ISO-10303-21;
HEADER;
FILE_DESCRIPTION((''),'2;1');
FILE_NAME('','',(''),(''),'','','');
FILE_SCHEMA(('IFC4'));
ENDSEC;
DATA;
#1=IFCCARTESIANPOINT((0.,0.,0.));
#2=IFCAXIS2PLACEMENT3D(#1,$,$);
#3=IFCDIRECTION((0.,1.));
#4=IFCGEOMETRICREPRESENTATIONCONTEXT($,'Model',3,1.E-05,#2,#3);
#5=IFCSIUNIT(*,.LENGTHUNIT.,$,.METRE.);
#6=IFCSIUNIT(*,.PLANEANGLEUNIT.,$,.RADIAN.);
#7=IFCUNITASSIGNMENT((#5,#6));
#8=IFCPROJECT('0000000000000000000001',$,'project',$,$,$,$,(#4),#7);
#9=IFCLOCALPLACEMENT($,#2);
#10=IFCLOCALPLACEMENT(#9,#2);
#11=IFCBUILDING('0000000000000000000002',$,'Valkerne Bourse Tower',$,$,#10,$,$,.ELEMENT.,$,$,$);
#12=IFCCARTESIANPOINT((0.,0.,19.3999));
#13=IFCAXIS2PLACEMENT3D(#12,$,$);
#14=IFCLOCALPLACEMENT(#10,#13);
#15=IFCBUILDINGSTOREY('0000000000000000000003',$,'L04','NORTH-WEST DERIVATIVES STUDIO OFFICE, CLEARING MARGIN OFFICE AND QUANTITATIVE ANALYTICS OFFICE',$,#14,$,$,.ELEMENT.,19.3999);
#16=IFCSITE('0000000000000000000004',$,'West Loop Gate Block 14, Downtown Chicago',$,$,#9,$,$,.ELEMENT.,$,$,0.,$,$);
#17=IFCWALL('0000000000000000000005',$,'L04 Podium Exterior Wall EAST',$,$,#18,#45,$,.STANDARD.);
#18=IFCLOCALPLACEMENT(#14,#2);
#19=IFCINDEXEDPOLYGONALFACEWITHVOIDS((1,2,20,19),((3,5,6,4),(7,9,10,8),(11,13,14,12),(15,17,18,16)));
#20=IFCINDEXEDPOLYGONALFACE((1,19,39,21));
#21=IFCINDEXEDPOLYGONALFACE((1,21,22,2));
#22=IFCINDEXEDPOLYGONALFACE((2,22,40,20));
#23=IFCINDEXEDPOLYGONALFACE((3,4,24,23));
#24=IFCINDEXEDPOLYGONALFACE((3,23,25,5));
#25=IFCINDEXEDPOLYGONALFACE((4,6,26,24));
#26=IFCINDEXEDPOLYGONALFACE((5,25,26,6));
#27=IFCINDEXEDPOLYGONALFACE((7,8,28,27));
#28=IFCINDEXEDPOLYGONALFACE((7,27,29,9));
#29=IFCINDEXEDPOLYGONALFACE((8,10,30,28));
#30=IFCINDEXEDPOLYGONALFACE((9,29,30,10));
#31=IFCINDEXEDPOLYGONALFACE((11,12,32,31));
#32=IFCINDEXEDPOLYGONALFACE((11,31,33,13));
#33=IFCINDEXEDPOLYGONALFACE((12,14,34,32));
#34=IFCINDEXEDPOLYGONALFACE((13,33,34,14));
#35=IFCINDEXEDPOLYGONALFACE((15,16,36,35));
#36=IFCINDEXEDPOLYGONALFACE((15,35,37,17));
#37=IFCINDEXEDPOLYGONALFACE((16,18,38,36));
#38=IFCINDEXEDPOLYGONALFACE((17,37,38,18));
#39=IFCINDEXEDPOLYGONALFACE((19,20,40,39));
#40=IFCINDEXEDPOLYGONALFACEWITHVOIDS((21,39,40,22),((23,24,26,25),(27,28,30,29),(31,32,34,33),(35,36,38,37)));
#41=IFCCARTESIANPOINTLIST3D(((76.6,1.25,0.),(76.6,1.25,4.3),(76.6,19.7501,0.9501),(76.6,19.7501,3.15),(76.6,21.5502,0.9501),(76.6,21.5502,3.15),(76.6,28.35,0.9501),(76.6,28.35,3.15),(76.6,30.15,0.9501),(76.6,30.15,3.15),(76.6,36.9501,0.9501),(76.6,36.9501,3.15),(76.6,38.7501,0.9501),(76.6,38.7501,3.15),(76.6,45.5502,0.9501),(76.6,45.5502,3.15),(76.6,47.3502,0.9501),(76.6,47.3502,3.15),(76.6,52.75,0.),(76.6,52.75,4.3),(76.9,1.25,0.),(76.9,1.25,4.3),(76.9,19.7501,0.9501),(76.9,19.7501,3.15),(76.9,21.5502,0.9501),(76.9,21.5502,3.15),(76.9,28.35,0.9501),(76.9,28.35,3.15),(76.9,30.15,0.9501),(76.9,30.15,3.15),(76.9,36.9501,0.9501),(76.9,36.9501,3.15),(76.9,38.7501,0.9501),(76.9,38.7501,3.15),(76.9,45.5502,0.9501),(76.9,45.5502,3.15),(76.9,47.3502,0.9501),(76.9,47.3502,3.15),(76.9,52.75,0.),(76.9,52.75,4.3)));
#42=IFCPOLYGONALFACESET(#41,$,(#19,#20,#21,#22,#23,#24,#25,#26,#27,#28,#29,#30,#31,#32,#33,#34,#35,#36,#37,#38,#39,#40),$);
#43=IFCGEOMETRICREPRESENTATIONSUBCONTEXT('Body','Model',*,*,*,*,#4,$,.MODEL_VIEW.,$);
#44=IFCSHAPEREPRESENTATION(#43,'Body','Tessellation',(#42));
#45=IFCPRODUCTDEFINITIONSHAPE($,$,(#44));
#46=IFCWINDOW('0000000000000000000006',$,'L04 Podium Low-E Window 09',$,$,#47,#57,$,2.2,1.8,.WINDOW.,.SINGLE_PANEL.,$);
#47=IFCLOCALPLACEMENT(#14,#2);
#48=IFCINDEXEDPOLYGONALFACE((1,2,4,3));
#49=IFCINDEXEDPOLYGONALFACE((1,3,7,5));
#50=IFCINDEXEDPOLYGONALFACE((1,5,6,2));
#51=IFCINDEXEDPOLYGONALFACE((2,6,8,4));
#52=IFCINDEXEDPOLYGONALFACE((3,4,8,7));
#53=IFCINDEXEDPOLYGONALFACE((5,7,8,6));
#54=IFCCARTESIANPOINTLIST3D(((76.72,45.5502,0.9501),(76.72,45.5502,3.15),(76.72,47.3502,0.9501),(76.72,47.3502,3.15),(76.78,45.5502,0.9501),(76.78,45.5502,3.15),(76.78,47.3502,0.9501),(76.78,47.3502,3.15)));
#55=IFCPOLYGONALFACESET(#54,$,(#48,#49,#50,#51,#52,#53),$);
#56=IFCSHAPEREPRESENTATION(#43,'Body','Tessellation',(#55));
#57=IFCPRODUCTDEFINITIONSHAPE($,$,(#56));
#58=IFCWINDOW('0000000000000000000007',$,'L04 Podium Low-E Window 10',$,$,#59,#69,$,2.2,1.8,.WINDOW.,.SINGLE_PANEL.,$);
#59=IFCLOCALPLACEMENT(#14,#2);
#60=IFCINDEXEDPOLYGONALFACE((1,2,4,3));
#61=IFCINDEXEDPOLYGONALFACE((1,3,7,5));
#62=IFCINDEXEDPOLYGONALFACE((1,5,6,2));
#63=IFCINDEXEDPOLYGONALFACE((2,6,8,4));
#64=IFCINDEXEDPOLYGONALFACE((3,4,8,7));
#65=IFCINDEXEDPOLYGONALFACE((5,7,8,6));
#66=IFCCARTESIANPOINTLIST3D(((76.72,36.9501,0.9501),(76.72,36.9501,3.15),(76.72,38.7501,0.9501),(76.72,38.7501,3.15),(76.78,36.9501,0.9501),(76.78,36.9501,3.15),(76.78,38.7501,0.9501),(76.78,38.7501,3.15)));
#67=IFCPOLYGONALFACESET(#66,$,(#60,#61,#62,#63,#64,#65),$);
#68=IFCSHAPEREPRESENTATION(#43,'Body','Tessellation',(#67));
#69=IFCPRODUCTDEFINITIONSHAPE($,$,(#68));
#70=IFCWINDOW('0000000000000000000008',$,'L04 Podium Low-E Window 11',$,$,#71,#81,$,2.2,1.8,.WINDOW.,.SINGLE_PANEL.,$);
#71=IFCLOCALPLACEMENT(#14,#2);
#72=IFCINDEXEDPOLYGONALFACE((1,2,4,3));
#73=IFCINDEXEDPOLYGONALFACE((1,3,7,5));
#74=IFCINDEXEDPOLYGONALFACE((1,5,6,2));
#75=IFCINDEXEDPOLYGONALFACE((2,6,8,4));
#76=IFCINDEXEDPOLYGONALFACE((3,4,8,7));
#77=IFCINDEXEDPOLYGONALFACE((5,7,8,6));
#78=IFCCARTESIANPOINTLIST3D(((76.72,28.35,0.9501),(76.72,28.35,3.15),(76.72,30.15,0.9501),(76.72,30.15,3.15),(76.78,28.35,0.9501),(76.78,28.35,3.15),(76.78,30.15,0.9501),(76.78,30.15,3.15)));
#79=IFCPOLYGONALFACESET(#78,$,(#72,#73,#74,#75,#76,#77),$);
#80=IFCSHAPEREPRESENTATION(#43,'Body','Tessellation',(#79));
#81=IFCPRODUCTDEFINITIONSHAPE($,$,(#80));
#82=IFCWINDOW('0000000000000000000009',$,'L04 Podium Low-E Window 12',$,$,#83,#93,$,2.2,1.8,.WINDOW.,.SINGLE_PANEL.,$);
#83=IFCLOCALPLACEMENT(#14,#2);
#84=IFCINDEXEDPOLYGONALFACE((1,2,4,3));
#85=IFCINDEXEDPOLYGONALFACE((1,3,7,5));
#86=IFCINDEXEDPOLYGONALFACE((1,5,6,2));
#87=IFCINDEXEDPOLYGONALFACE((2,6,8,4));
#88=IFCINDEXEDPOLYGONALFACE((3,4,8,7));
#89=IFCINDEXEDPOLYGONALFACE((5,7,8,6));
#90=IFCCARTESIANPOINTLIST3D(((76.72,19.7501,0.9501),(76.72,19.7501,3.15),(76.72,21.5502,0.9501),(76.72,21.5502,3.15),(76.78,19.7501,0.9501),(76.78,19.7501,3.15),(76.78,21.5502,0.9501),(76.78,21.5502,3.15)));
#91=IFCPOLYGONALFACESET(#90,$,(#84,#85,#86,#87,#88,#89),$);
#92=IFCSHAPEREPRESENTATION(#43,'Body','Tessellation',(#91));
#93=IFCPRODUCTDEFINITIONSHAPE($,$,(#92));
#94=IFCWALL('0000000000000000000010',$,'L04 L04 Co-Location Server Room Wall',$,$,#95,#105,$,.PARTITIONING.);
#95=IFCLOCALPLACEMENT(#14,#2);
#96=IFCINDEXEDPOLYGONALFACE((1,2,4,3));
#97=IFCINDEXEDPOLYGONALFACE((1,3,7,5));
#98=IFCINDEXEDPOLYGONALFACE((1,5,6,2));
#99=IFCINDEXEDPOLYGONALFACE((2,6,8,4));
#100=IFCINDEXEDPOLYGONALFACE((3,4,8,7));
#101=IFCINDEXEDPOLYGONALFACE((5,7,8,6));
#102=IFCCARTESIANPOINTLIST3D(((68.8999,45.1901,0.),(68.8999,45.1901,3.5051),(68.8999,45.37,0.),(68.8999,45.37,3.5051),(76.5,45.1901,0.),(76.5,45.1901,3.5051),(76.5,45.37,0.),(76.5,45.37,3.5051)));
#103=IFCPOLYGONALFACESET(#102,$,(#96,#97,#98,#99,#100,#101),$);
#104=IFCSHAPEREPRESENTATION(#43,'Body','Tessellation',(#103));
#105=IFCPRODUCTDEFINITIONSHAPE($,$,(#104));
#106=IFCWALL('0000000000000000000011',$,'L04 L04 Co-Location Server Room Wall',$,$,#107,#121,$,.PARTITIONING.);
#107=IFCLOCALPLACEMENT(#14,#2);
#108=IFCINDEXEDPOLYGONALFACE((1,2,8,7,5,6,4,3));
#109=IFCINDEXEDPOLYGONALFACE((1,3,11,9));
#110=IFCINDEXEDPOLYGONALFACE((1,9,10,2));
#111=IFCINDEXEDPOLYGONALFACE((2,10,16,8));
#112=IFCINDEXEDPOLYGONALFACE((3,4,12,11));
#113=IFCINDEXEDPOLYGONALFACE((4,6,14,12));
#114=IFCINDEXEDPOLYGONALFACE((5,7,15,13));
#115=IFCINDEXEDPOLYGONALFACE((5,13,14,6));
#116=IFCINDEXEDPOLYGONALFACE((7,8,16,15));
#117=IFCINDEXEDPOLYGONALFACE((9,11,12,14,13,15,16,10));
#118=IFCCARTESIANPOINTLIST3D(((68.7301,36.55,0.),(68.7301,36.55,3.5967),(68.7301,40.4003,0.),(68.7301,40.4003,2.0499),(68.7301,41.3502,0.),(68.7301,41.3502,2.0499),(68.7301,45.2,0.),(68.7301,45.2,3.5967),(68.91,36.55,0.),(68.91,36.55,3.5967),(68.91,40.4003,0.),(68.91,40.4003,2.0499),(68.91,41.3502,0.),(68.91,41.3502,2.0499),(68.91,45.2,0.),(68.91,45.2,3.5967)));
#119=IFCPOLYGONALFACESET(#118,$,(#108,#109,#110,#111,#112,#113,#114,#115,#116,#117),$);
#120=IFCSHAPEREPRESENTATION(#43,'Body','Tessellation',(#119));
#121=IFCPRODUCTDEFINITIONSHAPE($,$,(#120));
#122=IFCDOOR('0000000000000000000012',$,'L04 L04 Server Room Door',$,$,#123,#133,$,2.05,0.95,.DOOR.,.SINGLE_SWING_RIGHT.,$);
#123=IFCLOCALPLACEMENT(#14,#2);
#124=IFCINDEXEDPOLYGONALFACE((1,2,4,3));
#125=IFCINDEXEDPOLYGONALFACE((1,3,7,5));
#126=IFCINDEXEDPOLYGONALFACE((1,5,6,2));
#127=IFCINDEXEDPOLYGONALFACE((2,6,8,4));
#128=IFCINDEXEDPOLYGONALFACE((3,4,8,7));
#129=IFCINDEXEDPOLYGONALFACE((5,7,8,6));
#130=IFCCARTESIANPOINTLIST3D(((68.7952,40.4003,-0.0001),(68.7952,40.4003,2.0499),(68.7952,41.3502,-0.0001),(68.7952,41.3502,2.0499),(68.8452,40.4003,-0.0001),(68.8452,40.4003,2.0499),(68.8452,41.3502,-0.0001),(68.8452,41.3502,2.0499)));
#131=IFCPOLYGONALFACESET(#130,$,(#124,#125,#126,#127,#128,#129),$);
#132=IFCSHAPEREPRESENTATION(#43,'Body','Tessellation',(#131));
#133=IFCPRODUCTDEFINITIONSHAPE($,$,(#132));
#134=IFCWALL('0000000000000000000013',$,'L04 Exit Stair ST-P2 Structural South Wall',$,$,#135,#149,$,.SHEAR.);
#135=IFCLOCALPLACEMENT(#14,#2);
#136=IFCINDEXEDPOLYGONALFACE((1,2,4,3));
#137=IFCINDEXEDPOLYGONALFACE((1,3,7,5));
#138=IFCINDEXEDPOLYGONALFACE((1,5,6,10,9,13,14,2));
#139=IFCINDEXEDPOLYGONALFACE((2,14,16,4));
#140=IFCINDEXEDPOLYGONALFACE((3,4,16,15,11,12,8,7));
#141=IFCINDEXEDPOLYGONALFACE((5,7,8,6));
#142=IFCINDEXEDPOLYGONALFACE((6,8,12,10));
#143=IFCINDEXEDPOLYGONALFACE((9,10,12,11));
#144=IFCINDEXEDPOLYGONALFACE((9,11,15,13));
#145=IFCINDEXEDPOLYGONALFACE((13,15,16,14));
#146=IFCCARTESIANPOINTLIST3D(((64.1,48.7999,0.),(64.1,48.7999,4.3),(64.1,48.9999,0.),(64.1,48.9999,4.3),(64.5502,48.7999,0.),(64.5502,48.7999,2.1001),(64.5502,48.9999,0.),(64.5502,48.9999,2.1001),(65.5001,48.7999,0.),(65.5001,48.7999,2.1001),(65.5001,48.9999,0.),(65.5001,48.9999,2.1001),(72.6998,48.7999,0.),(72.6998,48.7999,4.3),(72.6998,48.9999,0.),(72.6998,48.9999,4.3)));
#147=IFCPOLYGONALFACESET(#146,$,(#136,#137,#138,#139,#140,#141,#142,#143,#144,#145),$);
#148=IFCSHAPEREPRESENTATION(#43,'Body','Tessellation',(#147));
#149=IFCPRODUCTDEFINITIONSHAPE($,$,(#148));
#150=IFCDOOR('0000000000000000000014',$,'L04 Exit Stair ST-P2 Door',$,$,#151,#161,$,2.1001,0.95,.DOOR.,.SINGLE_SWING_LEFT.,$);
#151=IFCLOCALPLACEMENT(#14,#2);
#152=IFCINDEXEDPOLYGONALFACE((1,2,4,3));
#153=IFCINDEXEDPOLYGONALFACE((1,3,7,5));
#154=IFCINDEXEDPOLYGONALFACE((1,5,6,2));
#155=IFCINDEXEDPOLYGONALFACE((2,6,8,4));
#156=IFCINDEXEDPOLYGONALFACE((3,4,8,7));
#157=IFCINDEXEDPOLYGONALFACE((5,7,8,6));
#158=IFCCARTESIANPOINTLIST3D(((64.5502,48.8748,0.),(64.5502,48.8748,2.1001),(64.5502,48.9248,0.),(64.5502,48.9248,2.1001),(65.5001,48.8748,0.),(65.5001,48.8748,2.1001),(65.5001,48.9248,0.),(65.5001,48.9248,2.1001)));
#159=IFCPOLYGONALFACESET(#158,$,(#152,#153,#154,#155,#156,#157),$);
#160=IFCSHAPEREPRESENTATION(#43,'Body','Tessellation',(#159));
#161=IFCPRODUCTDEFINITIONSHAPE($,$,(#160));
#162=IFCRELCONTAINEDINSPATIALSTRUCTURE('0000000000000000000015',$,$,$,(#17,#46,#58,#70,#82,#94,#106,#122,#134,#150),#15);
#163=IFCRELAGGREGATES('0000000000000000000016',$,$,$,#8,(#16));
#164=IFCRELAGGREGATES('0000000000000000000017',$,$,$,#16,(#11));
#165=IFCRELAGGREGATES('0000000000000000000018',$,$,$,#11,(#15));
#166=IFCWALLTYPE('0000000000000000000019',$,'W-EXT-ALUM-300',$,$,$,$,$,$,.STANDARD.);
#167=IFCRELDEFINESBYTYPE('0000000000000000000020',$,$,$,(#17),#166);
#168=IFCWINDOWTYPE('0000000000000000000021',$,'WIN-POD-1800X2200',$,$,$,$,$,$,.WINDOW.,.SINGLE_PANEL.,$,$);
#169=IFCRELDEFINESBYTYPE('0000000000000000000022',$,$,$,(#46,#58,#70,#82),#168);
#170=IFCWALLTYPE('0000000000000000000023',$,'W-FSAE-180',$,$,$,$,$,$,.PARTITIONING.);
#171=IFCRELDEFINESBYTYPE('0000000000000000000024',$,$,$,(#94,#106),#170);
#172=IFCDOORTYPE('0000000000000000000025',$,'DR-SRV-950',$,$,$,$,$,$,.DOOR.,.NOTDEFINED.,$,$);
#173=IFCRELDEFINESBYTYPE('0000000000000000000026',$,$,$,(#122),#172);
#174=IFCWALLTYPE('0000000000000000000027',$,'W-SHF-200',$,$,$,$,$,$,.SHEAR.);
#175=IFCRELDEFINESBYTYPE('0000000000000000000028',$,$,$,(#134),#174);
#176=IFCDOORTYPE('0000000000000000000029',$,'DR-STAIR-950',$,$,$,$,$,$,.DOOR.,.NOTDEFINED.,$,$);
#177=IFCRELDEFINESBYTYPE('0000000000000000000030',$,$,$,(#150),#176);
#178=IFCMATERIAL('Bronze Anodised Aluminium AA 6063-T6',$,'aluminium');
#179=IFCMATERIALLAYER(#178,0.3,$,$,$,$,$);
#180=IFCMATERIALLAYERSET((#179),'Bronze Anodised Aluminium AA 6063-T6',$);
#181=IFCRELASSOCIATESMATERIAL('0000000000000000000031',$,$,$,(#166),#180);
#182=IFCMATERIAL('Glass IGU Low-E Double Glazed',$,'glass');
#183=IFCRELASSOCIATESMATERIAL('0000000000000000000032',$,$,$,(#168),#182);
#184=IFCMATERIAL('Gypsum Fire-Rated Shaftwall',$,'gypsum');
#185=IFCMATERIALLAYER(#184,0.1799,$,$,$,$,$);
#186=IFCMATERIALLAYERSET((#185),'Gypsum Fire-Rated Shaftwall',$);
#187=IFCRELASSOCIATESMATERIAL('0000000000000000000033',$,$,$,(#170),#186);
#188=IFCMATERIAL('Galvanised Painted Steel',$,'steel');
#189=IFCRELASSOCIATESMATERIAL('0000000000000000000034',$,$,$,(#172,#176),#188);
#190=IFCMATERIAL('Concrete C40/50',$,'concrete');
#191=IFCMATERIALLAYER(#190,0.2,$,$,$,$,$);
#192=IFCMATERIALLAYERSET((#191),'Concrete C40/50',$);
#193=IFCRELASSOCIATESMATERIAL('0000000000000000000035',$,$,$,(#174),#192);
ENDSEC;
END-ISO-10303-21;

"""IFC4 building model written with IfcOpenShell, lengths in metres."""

from ifc_helpers import new_model, si_unit, direction, frame, frame_2d, origin, place, context, subcontext, project, spatial, rectangle, extrude, material, layer, layer_set, type_object, element, fill, save


model = new_model("IFC4")

# Units and contexts
model_context = context("Model", 3, precision=1e-05, world=origin(), true_north=direction((0.0, 1.0)))
body_context = subcontext(model_context, "Body", "Model", "MODEL_VIEW")
ifc_project = project(units=[si_unit("LENGTHUNIT", "METRE"), si_unit("PLANEANGLEUNIT", "RADIAN")], contexts=[model_context])

# Site, building, storey
site_placement = place(None, origin())
site = spatial("IfcSite", under=ifc_project, at=site_placement, Name="West Loop Gate Block 14, Downtown Chicago", CompositionType="ELEMENT", RefElevation=0.0)
building_placement = place(site_placement, origin())
building = spatial("IfcBuilding", under=site, at=building_placement, Name="Valkerne Bourse Tower", CompositionType="ELEMENT")
storey_placement = place(building_placement, frame((0.0, 0.0, 19.3999)))
storey = spatial("IfcBuildingStorey", under=building, at=storey_placement, Name="L04", Description="NORTH-WEST DERIVATIVES STUDIO OFFICE, CLEARING MARGIN OFFICE AND QUANTITATIVE ANALYTICS OFFICE", CompositionType="ELEMENT", Elevation=19.3999)

# Wall, openings, windows
ifc_material_1 = material(Name="Bronze Anodised Aluminium AA 6063-T6", Category="aluminium")
ifc_layer_1 = layer(ifc_material_1, 0.3)
ifc_layer_set_1 = layer_set([ifc_layer_1], Name="Bronze Anodised Aluminium AA 6063-T6")
wall_type_1 = type_object("IfcWallType", Name="W-EXT-ALUM-300", PredefinedType="STANDARD", material=ifc_layer_set_1)
wall_1_placement = place(storey_placement, frame((76.75, 52.75, 0.0), z_axis=(0.0, 0.0, 1.0), x_axis=(0.0, -1.0, 0.0)))
wall_1 = element("IfcWall", 1, at=wall_1_placement, inside=storey, type_object=wall_type_1, Name="L04 Podium Exterior Wall EAST", PredefinedType="STANDARD", context=body_context, shape_type="SweptSolid", body=[
    extrude(rectangle(XDim=51.5, YDim=0.3, at=frame_2d((25.75, 0.0))), origin(), (0.0, 0.0, 1.0), 4.3),
])
opening_1_placement = place(wall_1_placement, frame((5.3999, 0.0, 0.95)))
opening_1 = element("IfcOpeningElement", 2, at=opening_1_placement, cuts=wall_1, PredefinedType="OPENING", context=body_context, shape_type="SweptSolid", body=[
    extrude(rectangle(XDim=1.8, YDim=2.2, at=frame_2d((0.8999, 1.1001))), frame((0.0, 0.1599, 0.0), z_axis=(0.0, -1.0, 0.0), x_axis=(1.0, 0.0, 0.0)), (0.0, 0.0, 1.0), 0.3201),
])
opening_2_placement = place(wall_1_placement, frame((14.0, 0.0, 0.95)))
opening_2 = element("IfcOpeningElement", 3, at=opening_2_placement, cuts=wall_1, PredefinedType="OPENING", context=body_context, shape_type="SweptSolid", body=[
    extrude(rectangle(XDim=1.8, YDim=2.2, at=frame_2d((0.8999, 1.1001))), frame((0.0, 0.1599, 0.0), z_axis=(0.0, -1.0, 0.0), x_axis=(1.0, 0.0, 0.0)), (0.0, 0.0, 1.0), 0.3201),
])
opening_3_placement = place(wall_1_placement, frame((22.6001, 0.0, 0.95)))
opening_3 = element("IfcOpeningElement", 4, at=opening_3_placement, cuts=wall_1, PredefinedType="OPENING", context=body_context, shape_type="SweptSolid", body=[
    extrude(rectangle(XDim=1.8, YDim=2.2, at=frame_2d((0.8999, 1.1001))), frame((0.0, 0.1599, 0.0), z_axis=(0.0, -1.0, 0.0), x_axis=(1.0, 0.0, 0.0)), (0.0, 0.0, 1.0), 0.3201),
])
opening_4_placement = place(wall_1_placement, frame((31.2, 0.0, 0.95)))
opening_4 = element("IfcOpeningElement", 5, at=opening_4_placement, cuts=wall_1, PredefinedType="OPENING", context=body_context, shape_type="SweptSolid", body=[
    extrude(rectangle(XDim=1.8, YDim=2.2, at=frame_2d((0.8999, 1.1001))), frame((0.0, 0.1599, 0.0), z_axis=(0.0, -1.0, 0.0), x_axis=(1.0, 0.0, 0.0)), (0.0, 0.0, 1.0), 0.3201),
])
ifc_material_2 = material(Name="Glass IGU Low-E Double Glazed", Category="glass")
window_type = type_object("IfcWindowType", Name="WIN-POD-1800X2200", PartitioningType="SINGLE_PANEL", PredefinedType="WINDOW", material=ifc_material_2)
window_1_placement = place(opening_1_placement, origin())
window_1 = element("IfcWindow", 6, at=window_1_placement, inside=storey, type_object=window_type, Name="L04 Podium Low-E Window 09", OverallHeight=2.2, OverallWidth=1.8, PartitioningType="SINGLE_PANEL", PredefinedType="WINDOW", context=body_context, shape_type="SweptSolid", body=[
    extrude(rectangle(XDim=1.8, YDim=2.2, at=frame_2d((0.8999, 1.1001))), frame((0.0, 0.03, 0.0), z_axis=(0.0, -1.0, 0.0), x_axis=(1.0, 0.0, 0.0)), (0.0, 0.0, 1.0), 0.0601),
])
fill(opening_1, window_1)
window_2_placement = place(opening_2_placement, origin())
window_2 = element("IfcWindow", 7, at=window_2_placement, inside=storey, type_object=window_type, Name="L04 Podium Low-E Window 10", OverallHeight=2.2, OverallWidth=1.8, PartitioningType="SINGLE_PANEL", PredefinedType="WINDOW", context=body_context, shape_type="SweptSolid", body=[
    extrude(rectangle(XDim=1.8, YDim=2.2, at=frame_2d((0.8999, 1.1001))), frame((0.0, 0.03, 0.0), z_axis=(0.0, -1.0, 0.0), x_axis=(1.0, 0.0, 0.0)), (0.0, 0.0, 1.0), 0.0601),
])
fill(opening_2, window_2)
window_3_placement = place(opening_3_placement, origin())
window_3 = element("IfcWindow", 8, at=window_3_placement, inside=storey, type_object=window_type, Name="L04 Podium Low-E Window 11", OverallHeight=2.2, OverallWidth=1.8, PartitioningType="SINGLE_PANEL", PredefinedType="WINDOW", context=body_context, shape_type="SweptSolid", body=[
    extrude(rectangle(XDim=1.8, YDim=2.2, at=frame_2d((0.8999, 1.1001))), frame((0.0, 0.03, 0.0), z_axis=(0.0, -1.0, 0.0), x_axis=(1.0, 0.0, 0.0)), (0.0, 0.0, 1.0), 0.0601),
])
fill(opening_3, window_3)
window_4_placement = place(opening_4_placement, origin())
window_4 = element("IfcWindow", 9, at=window_4_placement, inside=storey, type_object=window_type, Name="L04 Podium Low-E Window 12", OverallHeight=2.2, OverallWidth=1.8, PartitioningType="SINGLE_PANEL", PredefinedType="WINDOW", context=body_context, shape_type="SweptSolid", body=[
    extrude(rectangle(XDim=1.8, YDim=2.2, at=frame_2d((0.8999, 1.1001))), frame((0.0, 0.03, 0.0), z_axis=(0.0, -1.0, 0.0), x_axis=(1.0, 0.0, 0.0)), (0.0, 0.0, 1.0), 0.0601),
])
fill(opening_4, window_4)

# Wall
ifc_material_3 = material(Name="Gypsum Fire-Rated Shaftwall", Category="gypsum")
ifc_layer_2 = layer(ifc_material_3, 0.1799)
ifc_layer_set_2 = layer_set([ifc_layer_2], Name="Gypsum Fire-Rated Shaftwall")
wall_type_2 = type_object("IfcWallType", Name="W-FSAE-180", PredefinedType="PARTITIONING", material=ifc_layer_set_2)
wall_2_placement = place(storey_placement, frame((68.8999, 45.28, 0.0), z_axis=(0.0, 0.0, 1.0), x_axis=(1.0, 0.0, 0.0)))
element("IfcWall", 10, at=wall_2_placement, inside=storey, type_object=wall_type_2, Name="L04 L04 Co-Location Server Room Wall", PredefinedType="PARTITIONING", context=body_context, shape_type="SweptSolid", body=[
    extrude(rectangle(XDim=7.6001, YDim=0.1799, at=frame_2d((3.8, 0.0))), origin(), (0.0, 0.0, 1.0), 3.5051),
])

# Walls, openings, doors
wall_3_placement = place(storey_placement, frame((68.8201, 36.55, 0.0), z_axis=(0.0, 0.0, 1.0), x_axis=(0.0, 1.0, 0.0)))
wall_3 = element("IfcWall", 11, at=wall_3_placement, inside=storey, type_object=wall_type_2, Name="L04 L04 Co-Location Server Room Wall", PredefinedType="PARTITIONING", context=body_context, shape_type="SweptSolid", body=[
    extrude(rectangle(XDim=8.6499, YDim=0.1799, at=frame_2d((4.325, 0.0))), origin(), (0.0, 0.0, 1.0), 3.5967),
])
opening_5_placement = place(wall_3_placement, frame((3.8501, 0.0, 0.0)))
opening_5 = element("IfcOpeningElement", 12, at=opening_5_placement, cuts=wall_3, PredefinedType="OPENING", context=body_context, shape_type="SweptSolid", body=[
    extrude(rectangle(XDim=0.95, YDim=2.05, at=frame_2d((0.4751, 1.0249))), frame((0.0, 0.0999, 0.0), z_axis=(0.0, -1.0, 0.0), x_axis=(1.0, 0.0, 0.0)), (0.0, 0.0, 1.0), 0.2),
])
ifc_material_4 = material(Name="Galvanised Painted Steel", Category="steel")
door_type_1 = type_object("IfcDoorType", Name="DR-SRV-950", OperationType="NOTDEFINED", PredefinedType="DOOR", material=ifc_material_4)
door_1_placement = place(opening_5_placement, origin())
door_1 = element("IfcDoor", 13, at=door_1_placement, inside=storey, type_object=door_type_1, Name="L04 L04 Server Room Door", OperationType="SINGLE_SWING_RIGHT", OverallHeight=2.05, OverallWidth=0.95, PredefinedType="DOOR", context=body_context, shape_type="SweptSolid", body=[
    extrude(rectangle(XDim=0.95, YDim=2.05, at=frame_2d((0.4751, 1.0249))), frame((0.0, 0.0249, 0.0), z_axis=(0.0, -1.0, 0.0), x_axis=(1.0, 0.0, 0.0)), (0.0, 0.0, 1.0), 0.05),
])
fill(opening_5, door_1)
ifc_material_5 = material(Name="Concrete C40/50", Category="concrete")
ifc_layer_3 = layer(ifc_material_5, 0.2)
ifc_layer_set_3 = layer_set([ifc_layer_3], Name="Concrete C40/50")
wall_type_3 = type_object("IfcWallType", Name="W-SHF-200", PredefinedType="SHEAR", material=ifc_layer_set_3)
wall_4_placement = place(storey_placement, frame((64.1001, 48.8999, 0.0), z_axis=(0.0, 0.0, 1.0), x_axis=(1.0, 0.0, 0.0)))
wall_4 = element("IfcWall", 14, at=wall_4_placement, inside=storey, type_object=wall_type_3, Name="L04 Exit Stair ST-P2 Structural South Wall", PredefinedType="SHEAR", context=body_context, shape_type="SweptSolid", body=[
    extrude(rectangle(XDim=8.5999, YDim=0.2, at=frame_2d((4.2998, 0.0))), origin(), (0.0, 0.0, 1.0), 4.3),
])
opening_6_placement = place(wall_4_placement, frame((0.45, 0.0, 0.0)))
opening_6 = element("IfcOpeningElement", 15, at=opening_6_placement, cuts=wall_4, PredefinedType="OPENING", context=body_context, shape_type="SweptSolid", body=[
    extrude(rectangle(XDim=0.95, YDim=2.1001, at=frame_2d((0.4751, 1.05))), frame((0.0, 0.1099, 0.0), z_axis=(0.0, -1.0, 0.0), x_axis=(1.0, 0.0, 0.0)), (0.0, 0.0, 1.0), 0.22),
])
door_type_2 = type_object("IfcDoorType", Name="DR-STAIR-950", OperationType="NOTDEFINED", PredefinedType="DOOR", material=ifc_material_4)
door_2_placement = place(opening_6_placement, origin())
door_2 = element("IfcDoor", 16, at=door_2_placement, inside=storey, type_object=door_type_2, Name="L04 Exit Stair ST-P2 Door", OperationType="SINGLE_SWING_LEFT", OverallHeight=2.1001, OverallWidth=0.95, PredefinedType="DOOR", context=body_context, shape_type="SweptSolid", body=[
    extrude(rectangle(XDim=0.95, YDim=2.1001, at=frame_2d((0.4751, 1.05))), frame((0.0, 0.0249, 0.0), z_axis=(0.0, -1.0, 0.0), x_axis=(1.0, 0.0, 0.0)), (0.0, 0.0, 1.0), 0.05),
])
fill(opening_6, door_2)

save(model, "model.ifc")
